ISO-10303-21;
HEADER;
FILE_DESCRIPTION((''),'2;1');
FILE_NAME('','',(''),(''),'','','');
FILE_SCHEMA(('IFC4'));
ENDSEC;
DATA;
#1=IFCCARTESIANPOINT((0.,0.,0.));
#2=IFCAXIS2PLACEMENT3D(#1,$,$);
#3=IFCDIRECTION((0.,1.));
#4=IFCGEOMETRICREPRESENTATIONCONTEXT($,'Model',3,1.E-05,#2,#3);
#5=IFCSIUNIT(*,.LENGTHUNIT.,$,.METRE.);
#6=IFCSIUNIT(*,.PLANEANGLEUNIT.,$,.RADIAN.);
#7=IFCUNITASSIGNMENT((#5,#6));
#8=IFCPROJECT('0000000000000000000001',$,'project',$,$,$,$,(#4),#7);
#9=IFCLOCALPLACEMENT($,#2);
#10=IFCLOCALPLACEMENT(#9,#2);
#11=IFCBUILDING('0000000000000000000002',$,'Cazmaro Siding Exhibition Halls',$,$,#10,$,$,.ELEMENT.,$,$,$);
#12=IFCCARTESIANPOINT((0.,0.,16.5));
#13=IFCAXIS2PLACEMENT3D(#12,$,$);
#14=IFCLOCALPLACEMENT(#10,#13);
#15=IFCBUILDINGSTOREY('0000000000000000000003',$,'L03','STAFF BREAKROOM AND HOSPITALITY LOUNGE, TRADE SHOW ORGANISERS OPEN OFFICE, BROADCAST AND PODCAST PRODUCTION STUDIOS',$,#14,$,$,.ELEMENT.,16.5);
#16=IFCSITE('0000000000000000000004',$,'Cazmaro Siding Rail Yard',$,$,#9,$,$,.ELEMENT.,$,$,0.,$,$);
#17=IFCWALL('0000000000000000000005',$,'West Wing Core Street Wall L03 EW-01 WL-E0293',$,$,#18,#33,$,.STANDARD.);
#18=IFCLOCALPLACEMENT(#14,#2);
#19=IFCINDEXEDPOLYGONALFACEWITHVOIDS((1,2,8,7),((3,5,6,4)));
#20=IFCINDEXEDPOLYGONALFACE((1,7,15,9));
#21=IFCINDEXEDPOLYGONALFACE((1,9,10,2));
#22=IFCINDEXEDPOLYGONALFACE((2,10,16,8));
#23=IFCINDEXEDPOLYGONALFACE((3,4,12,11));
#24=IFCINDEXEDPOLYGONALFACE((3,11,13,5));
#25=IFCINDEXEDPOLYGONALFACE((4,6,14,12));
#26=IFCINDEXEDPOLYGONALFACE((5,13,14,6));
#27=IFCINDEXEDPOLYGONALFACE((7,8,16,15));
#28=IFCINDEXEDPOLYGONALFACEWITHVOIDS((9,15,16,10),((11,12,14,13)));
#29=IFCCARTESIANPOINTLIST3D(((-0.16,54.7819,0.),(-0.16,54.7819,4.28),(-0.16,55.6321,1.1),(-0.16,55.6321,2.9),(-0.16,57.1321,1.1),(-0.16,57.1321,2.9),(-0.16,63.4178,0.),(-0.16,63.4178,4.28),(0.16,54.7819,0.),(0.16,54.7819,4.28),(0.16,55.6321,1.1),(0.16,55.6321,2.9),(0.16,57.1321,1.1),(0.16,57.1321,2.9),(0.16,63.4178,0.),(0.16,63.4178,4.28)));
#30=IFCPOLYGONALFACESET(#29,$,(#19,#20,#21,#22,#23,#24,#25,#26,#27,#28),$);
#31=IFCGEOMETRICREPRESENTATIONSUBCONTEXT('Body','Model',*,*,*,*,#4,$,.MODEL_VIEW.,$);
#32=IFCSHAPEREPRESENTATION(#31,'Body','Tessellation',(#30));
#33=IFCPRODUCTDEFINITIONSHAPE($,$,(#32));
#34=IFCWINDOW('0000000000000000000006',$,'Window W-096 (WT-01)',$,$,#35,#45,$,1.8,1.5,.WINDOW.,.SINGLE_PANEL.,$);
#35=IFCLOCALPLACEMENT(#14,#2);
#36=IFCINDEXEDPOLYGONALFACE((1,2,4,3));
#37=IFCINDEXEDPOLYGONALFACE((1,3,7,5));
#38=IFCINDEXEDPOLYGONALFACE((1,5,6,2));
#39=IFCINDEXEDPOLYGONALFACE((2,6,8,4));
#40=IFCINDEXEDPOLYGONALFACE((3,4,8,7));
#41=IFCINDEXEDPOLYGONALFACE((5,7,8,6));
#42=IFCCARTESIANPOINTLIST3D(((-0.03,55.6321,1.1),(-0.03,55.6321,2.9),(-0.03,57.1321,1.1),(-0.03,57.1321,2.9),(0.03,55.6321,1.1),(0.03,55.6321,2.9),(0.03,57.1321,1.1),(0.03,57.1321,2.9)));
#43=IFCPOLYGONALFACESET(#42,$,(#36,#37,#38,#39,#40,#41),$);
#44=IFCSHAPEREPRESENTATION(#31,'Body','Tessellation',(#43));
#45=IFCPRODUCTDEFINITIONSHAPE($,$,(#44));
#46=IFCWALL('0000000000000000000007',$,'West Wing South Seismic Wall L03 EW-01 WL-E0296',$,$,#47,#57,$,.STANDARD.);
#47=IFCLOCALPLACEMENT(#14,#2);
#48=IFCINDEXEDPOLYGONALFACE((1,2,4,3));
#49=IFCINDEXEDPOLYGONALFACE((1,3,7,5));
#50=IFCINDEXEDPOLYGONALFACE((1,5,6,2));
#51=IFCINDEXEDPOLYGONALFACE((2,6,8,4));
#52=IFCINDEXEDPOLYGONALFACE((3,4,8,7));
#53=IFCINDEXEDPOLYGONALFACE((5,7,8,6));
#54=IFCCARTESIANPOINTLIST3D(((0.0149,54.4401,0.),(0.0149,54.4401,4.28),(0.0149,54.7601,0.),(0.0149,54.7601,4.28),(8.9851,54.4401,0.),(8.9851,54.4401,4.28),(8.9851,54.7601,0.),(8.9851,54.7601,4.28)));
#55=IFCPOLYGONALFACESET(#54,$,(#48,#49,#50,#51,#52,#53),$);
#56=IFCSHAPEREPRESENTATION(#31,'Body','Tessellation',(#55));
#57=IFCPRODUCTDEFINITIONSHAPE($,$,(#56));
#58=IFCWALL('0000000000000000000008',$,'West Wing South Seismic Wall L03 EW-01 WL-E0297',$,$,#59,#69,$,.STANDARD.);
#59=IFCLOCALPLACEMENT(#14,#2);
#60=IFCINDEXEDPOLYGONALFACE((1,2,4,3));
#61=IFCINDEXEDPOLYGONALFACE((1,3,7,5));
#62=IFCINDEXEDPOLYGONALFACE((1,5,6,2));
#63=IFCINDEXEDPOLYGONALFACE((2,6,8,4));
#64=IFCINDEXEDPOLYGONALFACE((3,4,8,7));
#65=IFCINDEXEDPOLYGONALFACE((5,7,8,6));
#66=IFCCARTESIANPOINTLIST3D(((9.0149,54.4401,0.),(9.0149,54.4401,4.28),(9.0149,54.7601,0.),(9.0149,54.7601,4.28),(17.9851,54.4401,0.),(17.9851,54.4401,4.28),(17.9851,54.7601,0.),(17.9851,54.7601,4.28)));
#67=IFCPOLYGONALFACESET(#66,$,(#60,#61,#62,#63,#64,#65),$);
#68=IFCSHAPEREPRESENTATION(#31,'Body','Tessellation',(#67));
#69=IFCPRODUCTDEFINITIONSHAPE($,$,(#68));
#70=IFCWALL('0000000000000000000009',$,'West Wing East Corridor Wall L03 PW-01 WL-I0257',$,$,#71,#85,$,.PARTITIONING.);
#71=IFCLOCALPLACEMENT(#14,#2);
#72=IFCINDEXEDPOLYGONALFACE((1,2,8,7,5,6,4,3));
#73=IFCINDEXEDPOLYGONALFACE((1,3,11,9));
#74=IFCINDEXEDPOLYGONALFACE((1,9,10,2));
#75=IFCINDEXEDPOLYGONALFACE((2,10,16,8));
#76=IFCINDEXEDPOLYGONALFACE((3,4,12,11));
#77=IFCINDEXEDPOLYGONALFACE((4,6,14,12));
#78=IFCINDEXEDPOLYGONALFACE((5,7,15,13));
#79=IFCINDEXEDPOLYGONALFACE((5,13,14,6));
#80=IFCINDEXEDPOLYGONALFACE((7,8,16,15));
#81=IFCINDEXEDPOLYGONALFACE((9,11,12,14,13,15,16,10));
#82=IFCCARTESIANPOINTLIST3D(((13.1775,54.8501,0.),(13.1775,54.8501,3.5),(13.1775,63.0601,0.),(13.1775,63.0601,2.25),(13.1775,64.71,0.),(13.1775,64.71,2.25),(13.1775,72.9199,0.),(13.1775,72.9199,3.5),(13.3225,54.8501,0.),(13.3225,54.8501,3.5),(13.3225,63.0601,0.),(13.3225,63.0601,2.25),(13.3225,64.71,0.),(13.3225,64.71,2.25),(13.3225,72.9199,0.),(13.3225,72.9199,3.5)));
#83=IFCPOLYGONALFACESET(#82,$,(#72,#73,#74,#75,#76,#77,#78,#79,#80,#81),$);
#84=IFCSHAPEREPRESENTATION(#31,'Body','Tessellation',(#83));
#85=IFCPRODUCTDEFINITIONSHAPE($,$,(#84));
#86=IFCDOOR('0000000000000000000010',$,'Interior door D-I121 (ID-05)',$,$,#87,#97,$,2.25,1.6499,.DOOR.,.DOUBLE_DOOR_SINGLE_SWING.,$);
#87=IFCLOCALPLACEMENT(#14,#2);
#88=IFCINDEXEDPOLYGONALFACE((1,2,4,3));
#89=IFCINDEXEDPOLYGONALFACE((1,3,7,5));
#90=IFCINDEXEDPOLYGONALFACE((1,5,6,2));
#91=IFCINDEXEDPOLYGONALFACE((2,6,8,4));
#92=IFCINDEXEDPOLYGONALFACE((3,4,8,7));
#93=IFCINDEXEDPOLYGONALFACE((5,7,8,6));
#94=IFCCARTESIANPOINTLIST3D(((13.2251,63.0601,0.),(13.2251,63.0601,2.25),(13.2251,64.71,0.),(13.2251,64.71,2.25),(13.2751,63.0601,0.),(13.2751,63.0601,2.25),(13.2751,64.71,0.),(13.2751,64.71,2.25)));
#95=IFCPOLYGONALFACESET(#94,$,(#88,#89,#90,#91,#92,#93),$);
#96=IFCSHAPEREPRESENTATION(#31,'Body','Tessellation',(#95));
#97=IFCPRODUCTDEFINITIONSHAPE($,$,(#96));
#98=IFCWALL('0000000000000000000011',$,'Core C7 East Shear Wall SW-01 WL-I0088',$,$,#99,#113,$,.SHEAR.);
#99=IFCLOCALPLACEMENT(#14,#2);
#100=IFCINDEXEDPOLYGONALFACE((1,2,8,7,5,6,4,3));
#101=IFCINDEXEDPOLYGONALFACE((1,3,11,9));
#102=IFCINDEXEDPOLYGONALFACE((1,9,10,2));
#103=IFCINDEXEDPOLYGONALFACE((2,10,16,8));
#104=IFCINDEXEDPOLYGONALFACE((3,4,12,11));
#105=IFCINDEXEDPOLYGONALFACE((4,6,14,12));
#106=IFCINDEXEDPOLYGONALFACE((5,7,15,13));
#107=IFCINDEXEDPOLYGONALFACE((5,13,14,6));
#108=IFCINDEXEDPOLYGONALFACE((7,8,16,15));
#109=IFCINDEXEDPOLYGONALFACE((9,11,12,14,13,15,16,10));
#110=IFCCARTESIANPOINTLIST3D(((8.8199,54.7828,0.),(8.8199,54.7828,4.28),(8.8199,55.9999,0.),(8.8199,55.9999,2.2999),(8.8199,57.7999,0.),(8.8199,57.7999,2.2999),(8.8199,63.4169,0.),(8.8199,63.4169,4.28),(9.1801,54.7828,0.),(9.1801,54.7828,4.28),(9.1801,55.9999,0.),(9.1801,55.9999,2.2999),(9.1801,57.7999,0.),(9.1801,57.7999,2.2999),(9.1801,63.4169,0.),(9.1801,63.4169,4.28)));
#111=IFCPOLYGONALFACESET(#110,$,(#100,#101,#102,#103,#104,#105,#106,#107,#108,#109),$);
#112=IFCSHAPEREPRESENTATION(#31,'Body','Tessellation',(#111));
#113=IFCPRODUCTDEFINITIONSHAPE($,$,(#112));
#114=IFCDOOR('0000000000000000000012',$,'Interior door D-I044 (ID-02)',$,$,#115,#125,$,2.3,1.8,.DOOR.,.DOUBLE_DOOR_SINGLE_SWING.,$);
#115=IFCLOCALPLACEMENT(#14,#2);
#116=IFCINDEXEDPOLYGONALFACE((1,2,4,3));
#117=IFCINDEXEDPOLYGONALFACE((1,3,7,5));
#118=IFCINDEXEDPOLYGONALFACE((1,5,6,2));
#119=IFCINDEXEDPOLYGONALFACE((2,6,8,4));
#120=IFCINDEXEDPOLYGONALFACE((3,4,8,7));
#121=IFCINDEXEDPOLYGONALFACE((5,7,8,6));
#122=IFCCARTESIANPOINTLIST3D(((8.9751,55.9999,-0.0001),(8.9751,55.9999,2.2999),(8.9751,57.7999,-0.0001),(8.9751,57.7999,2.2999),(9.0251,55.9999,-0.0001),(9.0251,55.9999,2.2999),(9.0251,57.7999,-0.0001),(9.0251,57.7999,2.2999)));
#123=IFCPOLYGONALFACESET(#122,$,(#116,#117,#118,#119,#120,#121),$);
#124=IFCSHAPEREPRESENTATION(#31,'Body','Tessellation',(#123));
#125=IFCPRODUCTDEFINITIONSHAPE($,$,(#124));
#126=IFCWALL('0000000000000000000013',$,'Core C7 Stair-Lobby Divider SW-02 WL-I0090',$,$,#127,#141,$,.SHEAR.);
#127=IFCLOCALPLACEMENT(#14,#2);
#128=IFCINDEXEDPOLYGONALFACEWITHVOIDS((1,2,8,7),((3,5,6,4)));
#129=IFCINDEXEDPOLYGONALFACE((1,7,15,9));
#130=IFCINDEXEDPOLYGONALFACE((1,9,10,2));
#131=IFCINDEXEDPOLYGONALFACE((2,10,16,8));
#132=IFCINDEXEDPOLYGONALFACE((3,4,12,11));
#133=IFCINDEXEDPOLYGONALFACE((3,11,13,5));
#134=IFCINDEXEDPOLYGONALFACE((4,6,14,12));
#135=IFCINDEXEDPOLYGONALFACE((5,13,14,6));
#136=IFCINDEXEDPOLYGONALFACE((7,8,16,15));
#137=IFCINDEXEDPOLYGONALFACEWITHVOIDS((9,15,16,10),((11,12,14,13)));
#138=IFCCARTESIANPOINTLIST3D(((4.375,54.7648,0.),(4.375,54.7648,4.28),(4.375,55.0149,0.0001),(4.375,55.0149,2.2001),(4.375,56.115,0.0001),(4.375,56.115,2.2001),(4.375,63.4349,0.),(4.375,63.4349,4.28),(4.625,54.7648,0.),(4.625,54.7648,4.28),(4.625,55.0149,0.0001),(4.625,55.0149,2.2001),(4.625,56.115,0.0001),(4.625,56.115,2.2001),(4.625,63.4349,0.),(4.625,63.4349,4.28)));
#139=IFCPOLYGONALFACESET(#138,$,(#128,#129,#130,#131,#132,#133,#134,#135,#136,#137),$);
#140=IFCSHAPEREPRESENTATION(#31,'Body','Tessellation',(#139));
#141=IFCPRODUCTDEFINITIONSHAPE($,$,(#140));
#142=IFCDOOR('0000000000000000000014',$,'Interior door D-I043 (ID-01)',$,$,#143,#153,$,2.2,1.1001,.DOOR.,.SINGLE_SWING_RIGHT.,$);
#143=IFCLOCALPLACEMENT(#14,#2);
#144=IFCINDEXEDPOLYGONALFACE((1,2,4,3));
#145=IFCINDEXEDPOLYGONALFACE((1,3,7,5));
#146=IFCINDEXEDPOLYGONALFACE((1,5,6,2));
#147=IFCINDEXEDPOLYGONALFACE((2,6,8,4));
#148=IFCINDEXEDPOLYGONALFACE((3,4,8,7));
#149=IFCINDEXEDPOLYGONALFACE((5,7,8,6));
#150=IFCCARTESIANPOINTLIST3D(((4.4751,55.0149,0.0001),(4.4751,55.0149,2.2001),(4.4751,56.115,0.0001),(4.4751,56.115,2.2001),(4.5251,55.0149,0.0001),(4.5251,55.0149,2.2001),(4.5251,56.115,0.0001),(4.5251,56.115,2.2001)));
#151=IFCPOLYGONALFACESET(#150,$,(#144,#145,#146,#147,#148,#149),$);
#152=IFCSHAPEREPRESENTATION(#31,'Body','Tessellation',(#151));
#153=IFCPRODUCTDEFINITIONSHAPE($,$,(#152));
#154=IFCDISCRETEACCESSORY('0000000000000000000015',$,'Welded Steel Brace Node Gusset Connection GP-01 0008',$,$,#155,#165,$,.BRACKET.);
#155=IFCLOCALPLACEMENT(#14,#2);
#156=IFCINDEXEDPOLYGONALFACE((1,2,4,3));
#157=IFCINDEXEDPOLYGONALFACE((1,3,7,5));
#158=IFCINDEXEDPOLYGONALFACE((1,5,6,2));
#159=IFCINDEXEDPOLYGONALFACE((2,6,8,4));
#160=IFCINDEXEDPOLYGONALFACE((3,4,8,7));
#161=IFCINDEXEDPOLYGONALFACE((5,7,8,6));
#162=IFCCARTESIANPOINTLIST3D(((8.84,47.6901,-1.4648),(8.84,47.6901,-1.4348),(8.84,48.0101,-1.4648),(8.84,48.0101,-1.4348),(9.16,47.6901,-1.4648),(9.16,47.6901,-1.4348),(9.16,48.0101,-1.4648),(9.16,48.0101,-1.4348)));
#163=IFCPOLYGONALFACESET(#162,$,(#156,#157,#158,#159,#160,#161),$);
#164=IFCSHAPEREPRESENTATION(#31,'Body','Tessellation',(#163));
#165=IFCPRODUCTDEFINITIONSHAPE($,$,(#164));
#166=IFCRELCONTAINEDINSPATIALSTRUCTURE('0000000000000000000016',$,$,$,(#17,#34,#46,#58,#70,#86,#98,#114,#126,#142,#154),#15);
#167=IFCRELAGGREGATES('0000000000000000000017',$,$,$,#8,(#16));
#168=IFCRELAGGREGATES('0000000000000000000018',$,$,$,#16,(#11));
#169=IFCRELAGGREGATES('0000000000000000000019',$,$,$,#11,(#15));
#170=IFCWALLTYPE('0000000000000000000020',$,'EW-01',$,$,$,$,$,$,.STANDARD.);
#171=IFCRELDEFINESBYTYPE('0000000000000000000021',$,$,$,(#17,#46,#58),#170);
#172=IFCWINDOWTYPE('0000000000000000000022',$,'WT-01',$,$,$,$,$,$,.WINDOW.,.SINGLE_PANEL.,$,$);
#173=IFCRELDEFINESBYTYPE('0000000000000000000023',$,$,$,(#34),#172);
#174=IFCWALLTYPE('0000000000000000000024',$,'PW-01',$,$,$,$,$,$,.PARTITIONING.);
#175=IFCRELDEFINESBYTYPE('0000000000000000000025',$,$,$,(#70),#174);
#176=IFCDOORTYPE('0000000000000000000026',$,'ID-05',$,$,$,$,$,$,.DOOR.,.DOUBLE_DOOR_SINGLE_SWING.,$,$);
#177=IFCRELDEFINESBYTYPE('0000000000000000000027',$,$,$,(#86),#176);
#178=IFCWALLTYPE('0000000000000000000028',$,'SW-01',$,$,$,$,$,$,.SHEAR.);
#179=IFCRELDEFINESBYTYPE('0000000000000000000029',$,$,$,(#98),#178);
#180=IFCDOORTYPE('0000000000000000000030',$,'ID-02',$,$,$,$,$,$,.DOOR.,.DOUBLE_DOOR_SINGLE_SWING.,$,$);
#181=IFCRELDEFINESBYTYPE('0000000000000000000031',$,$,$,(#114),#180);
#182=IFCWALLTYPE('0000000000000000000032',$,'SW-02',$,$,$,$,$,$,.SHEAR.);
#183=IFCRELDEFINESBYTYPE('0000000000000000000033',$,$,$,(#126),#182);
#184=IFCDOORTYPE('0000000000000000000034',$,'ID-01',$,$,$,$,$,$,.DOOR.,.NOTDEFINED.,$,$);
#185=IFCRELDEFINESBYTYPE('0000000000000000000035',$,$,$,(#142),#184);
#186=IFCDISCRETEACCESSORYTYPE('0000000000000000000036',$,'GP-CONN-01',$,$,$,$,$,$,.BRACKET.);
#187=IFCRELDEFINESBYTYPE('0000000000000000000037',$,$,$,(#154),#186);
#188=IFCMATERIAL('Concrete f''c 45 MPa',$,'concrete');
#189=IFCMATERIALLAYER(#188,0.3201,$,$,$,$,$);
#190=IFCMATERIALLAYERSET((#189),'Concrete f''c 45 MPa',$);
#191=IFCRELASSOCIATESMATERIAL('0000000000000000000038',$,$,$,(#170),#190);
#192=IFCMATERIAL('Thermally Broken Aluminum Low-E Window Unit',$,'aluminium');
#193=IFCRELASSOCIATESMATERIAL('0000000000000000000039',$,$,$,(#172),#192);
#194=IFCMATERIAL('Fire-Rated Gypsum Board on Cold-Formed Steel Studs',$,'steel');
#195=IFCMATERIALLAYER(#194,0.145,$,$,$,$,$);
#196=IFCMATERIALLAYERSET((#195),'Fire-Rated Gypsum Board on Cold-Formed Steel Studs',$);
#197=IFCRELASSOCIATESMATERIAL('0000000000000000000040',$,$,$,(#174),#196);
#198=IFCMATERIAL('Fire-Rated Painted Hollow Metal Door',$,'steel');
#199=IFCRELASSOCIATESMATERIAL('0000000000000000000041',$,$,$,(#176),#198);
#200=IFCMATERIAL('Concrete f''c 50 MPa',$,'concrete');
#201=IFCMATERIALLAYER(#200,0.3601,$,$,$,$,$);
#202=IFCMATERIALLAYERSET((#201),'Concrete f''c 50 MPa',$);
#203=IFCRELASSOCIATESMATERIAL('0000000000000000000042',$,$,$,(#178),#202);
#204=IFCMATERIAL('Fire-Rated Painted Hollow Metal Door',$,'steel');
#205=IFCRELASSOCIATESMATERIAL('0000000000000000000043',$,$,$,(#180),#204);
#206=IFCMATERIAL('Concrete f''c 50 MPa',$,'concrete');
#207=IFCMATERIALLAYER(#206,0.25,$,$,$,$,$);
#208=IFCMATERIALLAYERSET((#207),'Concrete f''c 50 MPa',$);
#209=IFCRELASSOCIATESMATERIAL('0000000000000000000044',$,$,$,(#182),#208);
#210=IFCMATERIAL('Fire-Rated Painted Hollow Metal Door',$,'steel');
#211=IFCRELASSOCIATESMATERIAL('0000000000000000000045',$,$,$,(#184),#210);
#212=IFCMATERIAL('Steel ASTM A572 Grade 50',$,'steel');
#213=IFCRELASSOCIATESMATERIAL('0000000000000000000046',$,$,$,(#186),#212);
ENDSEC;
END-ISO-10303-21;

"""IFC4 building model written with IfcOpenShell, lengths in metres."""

from ifc_helpers import new_model, si_unit, direction, frame, frame_2d, origin, origin_2d, place, context, subcontext, project, spatial, rectangle, extrude, material, layer, layer_set, type_object, element, fill, save


model = new_model("IFC4")

# Units and contexts
model_context = context("Model", 3, precision=1e-05, world=origin(), true_north=direction((0.0, 1.0)))
body_context = subcontext(model_context, "Body", "Model", "MODEL_VIEW")
ifc_project = project(units=[si_unit("LENGTHUNIT", "METRE"), si_unit("PLANEANGLEUNIT", "RADIAN")], contexts=[model_context])

# Site, building, storey
site_placement = place(None, origin())
site = spatial("IfcSite", under=ifc_project, at=site_placement, Name="Cazmaro Siding Rail Yard", CompositionType="ELEMENT", RefElevation=0.0)
building_placement = place(site_placement, origin())
building = spatial("IfcBuilding", under=site, at=building_placement, Name="Cazmaro Siding Exhibition Halls", CompositionType="ELEMENT")
storey_placement = place(building_placement, frame((0.0, 0.0, 16.5)))
storey = spatial("IfcBuildingStorey", under=building, at=storey_placement, Name="L03", Description="STAFF BREAKROOM AND HOSPITALITY LOUNGE, TRADE SHOW ORGANISERS OPEN OFFICE, BROADCAST AND PODCAST PRODUCTION STUDIOS", CompositionType="ELEMENT", Elevation=16.5)

# Wall, opening, window
ifc_material_1 = material(Name="Concrete f'c 45 MPa", Category="concrete")
ifc_layer_1 = layer(ifc_material_1, 0.3201)
ifc_layer_set_1 = layer_set([ifc_layer_1], Name="Concrete f'c 45 MPa")
wall_type_1 = type_object("IfcWallType", Name="EW-01", PredefinedType="STANDARD", material=ifc_layer_set_1)
wall_1_placement = place(storey_placement, frame((0.0, 54.782, 0.0), z_axis=(0.0, 0.0, 1.0), x_axis=(0.0, 1.0, 0.0)))
wall_1 = element("IfcWall", 1, at=wall_1_placement, inside=storey, type_object=wall_type_1, Name="West Wing Core Street Wall L03 EW-01 WL-E0293", PredefinedType="STANDARD", context=body_context, shape_type="SweptSolid", body=[
    extrude(rectangle(XDim=8.636, YDim=0.3201, at=frame_2d((4.3179, 0.0))), origin(), (0.0, 0.0, 1.0), 4.28),
])
opening_1_placement = place(wall_1_placement, frame((0.8501, 0.0, 1.1001)))
opening_1 = element("IfcOpeningElement", 2, at=opening_1_placement, cuts=wall_1, PredefinedType="OPENING", context=body_context, shape_type="SweptSolid", body=[
    extrude(rectangle(XDim=1.5, YDim=1.8, at=frame_2d((0.75, 0.8999))), frame((0.0, 0.1699, 0.0), z_axis=(0.0, -1.0, 0.0), x_axis=(1.0, 0.0, 0.0)), (0.0, 0.0, 1.0), 0.3401),
])
ifc_material_2 = material(Name="Thermally Broken Aluminum Low-E Window Unit", Category="aluminium")
window_type = type_object("IfcWindowType", Name="WT-01", PartitioningType="SINGLE_PANEL", PredefinedType="WINDOW", material=ifc_material_2)
window_placement = place(opening_1_placement, origin())
window = element("IfcWindow", 3, at=window_placement, inside=storey, type_object=window_type, Name="Window W-096 (WT-01)", OverallHeight=1.8, OverallWidth=1.5, PartitioningType="SINGLE_PANEL", PredefinedType="WINDOW", context=body_context, shape_type="SweptSolid", body=[
    extrude(rectangle(XDim=1.5, YDim=1.8, at=frame_2d((0.75, 0.8999))), frame((0.0, 0.03, 0.0), z_axis=(0.0, -1.0, 0.0), x_axis=(1.0, 0.0, 0.0)), (0.0, 0.0, 1.0), 0.0601),
])
fill(opening_1, window)

# Walls
for number, where, z_axis, x_axis, name in (
    (4, (8.9851, 54.6001, 0.0), (0.0, 0.0, 1.0), (-1.0, 0.0, 0.0), "West Wing South Seismic Wall L03 EW-01 WL-E0296"),
    (5, (17.9851, 54.6001, 0.0), (0.0, 0.0, 1.0), (-1.0, 0.0, 0.0), "West Wing South Seismic Wall L03 EW-01 WL-E0297"),
):
    element("IfcWall", number, at=place(storey_placement, frame(where, z_axis=z_axis, x_axis=x_axis)), inside=storey, type_object=wall_type_1, Name=name, PredefinedType="STANDARD", context=body_context, shape_type="SweptSolid", body=[
        extrude(rectangle(XDim=8.9702, YDim=0.3201, at=frame_2d((4.4851, 0.0))), origin(), (0.0, 0.0, 1.0), 4.28),
    ])

# Walls, openings, doors
ifc_material_3 = material(Name="Fire-Rated Gypsum Board on Cold-Formed Steel Studs", Category="steel")
ifc_layer_2 = layer(ifc_material_3, 0.145)
ifc_layer_set_2 = layer_set([ifc_layer_2], Name="Fire-Rated Gypsum Board on Cold-Formed Steel Studs")
wall_type_2 = type_object("IfcWallType", Name="PW-01", PredefinedType="PARTITIONING", material=ifc_layer_set_2)
wall_2_placement = place(storey_placement, frame((13.25, 54.8501, 0.0), z_axis=(0.0, 0.0, 1.0), x_axis=(0.0, 1.0, 0.0)))
wall_2 = element("IfcWall", 6, at=wall_2_placement, inside=storey, type_object=wall_type_2, Name="West Wing East Corridor Wall L03 PW-01 WL-I0257", PredefinedType="PARTITIONING", context=body_context, shape_type="SweptSolid", body=[
    extrude(rectangle(XDim=18.0698, YDim=0.145, at=frame_2d((9.0349, 0.0))), origin(), (0.0, 0.0, 1.0), 3.5),
])
opening_2_placement = place(wall_2_placement, frame((8.21, 0.0, 0.0)))
opening_2 = element("IfcOpeningElement", 7, at=opening_2_placement, cuts=wall_2, PredefinedType="OPENING", context=body_context, shape_type="SweptSolid", body=[
    extrude(rectangle(XDim=1.6499, YDim=2.25, at=frame_2d((0.825, 1.125))), frame((0.0, 0.0825, 0.0), z_axis=(0.0, -1.0, 0.0), x_axis=(1.0, 0.0, 0.0)), (0.0, 0.0, 1.0), 0.165),
])
ifc_material_4 = material(Name="Fire-Rated Painted Hollow Metal Door", Category="steel")
door_type_1 = type_object("IfcDoorType", Name="ID-05", OperationType="DOUBLE_DOOR_SINGLE_SWING", PredefinedType="DOOR", material=ifc_material_4)
door_1_placement = place(opening_2_placement, origin())
door_1 = element("IfcDoor", 8, at=door_1_placement, inside=storey, type_object=door_type_1, Name="Interior door D-I121 (ID-05)", OperationType="DOUBLE_DOOR_SINGLE_SWING", OverallHeight=2.25, OverallWidth=1.6499, PredefinedType="DOOR", context=body_context, shape_type="SweptSolid", body=[
    extrude(rectangle(XDim=1.6499, YDim=2.25, at=frame_2d((0.825, 1.125))), frame((0.0, 0.0249, 0.0), z_axis=(0.0, -1.0, 0.0), x_axis=(1.0, 0.0, 0.0)), (0.0, 0.0, 1.0), 0.05),
])
fill(opening_2, door_1)
ifc_material_5 = material(Name="Concrete f'c 50 MPa", Category="concrete")
ifc_layer_3 = layer(ifc_material_5, 0.3601)
ifc_layer_set_3 = layer_set([ifc_layer_3], Name="Concrete f'c 50 MPa")
wall_type_3 = type_object("IfcWallType", Name="SW-01", PredefinedType="SHEAR", material=ifc_layer_set_3)
wall_3_placement = place(storey_placement, frame((9.0, 54.783, 0.0), z_axis=(0.0, 0.0, 1.0), x_axis=(0.0, 1.0, 0.0)))
wall_3 = element("IfcWall", 9, at=wall_3_placement, inside=storey, type_object=wall_type_3, Name="Core C7 East Shear Wall SW-01 WL-I0088", PredefinedType="SHEAR", context=body_context, shape_type="SweptSolid", body=[
    extrude(rectangle(XDim=8.634, YDim=0.3601, at=frame_2d((4.3169, 0.0))), origin(), (0.0, 0.0, 1.0), 4.28),
])
opening_3_placement = place(wall_3_placement, frame((1.217, 0.0, 0.0)))
opening_3 = element("IfcOpeningElement", 10, at=opening_3_placement, cuts=wall_3, PredefinedType="OPENING", context=body_context, shape_type="SweptSolid", body=[
    extrude(rectangle(XDim=1.8, YDim=2.3, at=frame_2d((0.8999, 1.1499))), frame((0.0, 0.1899, 0.0), z_axis=(0.0, -1.0, 0.0), x_axis=(1.0, 0.0, 0.0)), (0.0, 0.0, 1.0), 0.3801),
])
ifc_material_6 = material(Name="Fire-Rated Painted Hollow Metal Door", Category="steel")
door_type_2 = type_object("IfcDoorType", Name="ID-02", OperationType="DOUBLE_DOOR_SINGLE_SWING", PredefinedType="DOOR", material=ifc_material_6)
door_2_placement = place(opening_3_placement, origin())
door_2 = element("IfcDoor", 11, at=door_2_placement, inside=storey, type_object=door_type_2, Name="Interior door D-I044 (ID-02)", OperationType="DOUBLE_DOOR_SINGLE_SWING", OverallHeight=2.3, OverallWidth=1.8, PredefinedType="DOOR", context=body_context, shape_type="SweptSolid", body=[
    extrude(rectangle(XDim=1.8, YDim=2.3, at=frame_2d((0.8999, 1.1499))), frame((0.0, 0.0249, 0.0), z_axis=(0.0, -1.0, 0.0), x_axis=(1.0, 0.0, 0.0)), (0.0, 0.0, 1.0), 0.05),
])
fill(opening_3, door_2)
ifc_material_7 = material(Name="Concrete f'c 50 MPa", Category="concrete")
ifc_layer_4 = layer(ifc_material_7, 0.25)
ifc_layer_set_4 = layer_set([ifc_layer_4], Name="Concrete f'c 50 MPa")
wall_type_4 = type_object("IfcWallType", Name="SW-02", PredefinedType="SHEAR", material=ifc_layer_set_4)
wall_4_placement = place(storey_placement, frame((4.5, 54.7649, 0.0), z_axis=(0.0, 0.0, 1.0), x_axis=(0.0, 1.0, 0.0)))
wall_4 = element("IfcWall", 12, at=wall_4_placement, inside=storey, type_object=wall_type_4, Name="Core C7 Stair-Lobby Divider SW-02 WL-I0090", PredefinedType="SHEAR", context=body_context, shape_type="SweptSolid", body=[
    extrude(rectangle(XDim=8.6702, YDim=0.25, at=frame_2d((4.335, 0.0))), origin(), (0.0, 0.0, 1.0), 4.28),
])
opening_4_placement = place(wall_4_placement, frame((0.25, 0.0, 0.0)))
opening_4 = element("IfcOpeningElement", 13, at=opening_4_placement, cuts=wall_4, PredefinedType="OPENING", context=body_context, shape_type="SweptSolid", body=[
    extrude(rectangle(XDim=1.1001, YDim=2.2, at=frame_2d((0.55, 1.1001))), frame((0.0, 0.135, 0.0), z_axis=(0.0, -1.0, 0.0), x_axis=(1.0, 0.0, 0.0)), (0.0, 0.0, 1.0), 0.27),
])
ifc_material_8 = material(Name="Fire-Rated Painted Hollow Metal Door", Category="steel")
door_type_3 = type_object("IfcDoorType", Name="ID-01", OperationType="NOTDEFINED", PredefinedType="DOOR", material=ifc_material_8)
door_3_placement = place(opening_4_placement, origin())
door_3 = element("IfcDoor", 14, at=door_3_placement, inside=storey, type_object=door_type_3, Name="Interior door D-I043 (ID-01)", OperationType="SINGLE_SWING_RIGHT", OverallHeight=2.2, OverallWidth=1.1001, PredefinedType="DOOR", context=body_context, shape_type="SweptSolid", body=[
    extrude(rectangle(XDim=1.1001, YDim=2.2, at=frame_2d((0.55, 1.1001))), frame((0.0, 0.0249, 0.0), z_axis=(0.0, -1.0, 0.0), x_axis=(1.0, 0.0, 0.0)), (0.0, 0.0, 1.0), 0.05),
])
fill(opening_4, door_3)

# Discrete accessory
ifc_material_9 = material(Name="Steel ASTM A572 Grade 50", Category="steel")
discrete_accessory_type = type_object("IfcDiscreteAccessoryType", Name="GP-CONN-01", PredefinedType="BRACKET", material=ifc_material_9)
for number, where, z_axis, x_axis, name in (
    (15, (9.0, 47.8501, -1.4648), (0.0, 0.0, 1.0), (1.0, 0.0, 0.0), "Welded Steel Brace Node Gusset Connection GP-01 0008"),
):
    element("IfcDiscreteAccessory", number, at=place(storey_placement, frame(where, z_axis=z_axis, x_axis=x_axis)), inside=storey, type_object=discrete_accessory_type, Name=name, PredefinedType="BRACKET", context=body_context, shape_type="SweptSolid", body=[
        extrude(rectangle(XDim=0.3201, YDim=0.3201, at=origin_2d()), origin(), (0.0, 0.0, 1.0), 0.03),
    ])

save(model, "model.ifc")
